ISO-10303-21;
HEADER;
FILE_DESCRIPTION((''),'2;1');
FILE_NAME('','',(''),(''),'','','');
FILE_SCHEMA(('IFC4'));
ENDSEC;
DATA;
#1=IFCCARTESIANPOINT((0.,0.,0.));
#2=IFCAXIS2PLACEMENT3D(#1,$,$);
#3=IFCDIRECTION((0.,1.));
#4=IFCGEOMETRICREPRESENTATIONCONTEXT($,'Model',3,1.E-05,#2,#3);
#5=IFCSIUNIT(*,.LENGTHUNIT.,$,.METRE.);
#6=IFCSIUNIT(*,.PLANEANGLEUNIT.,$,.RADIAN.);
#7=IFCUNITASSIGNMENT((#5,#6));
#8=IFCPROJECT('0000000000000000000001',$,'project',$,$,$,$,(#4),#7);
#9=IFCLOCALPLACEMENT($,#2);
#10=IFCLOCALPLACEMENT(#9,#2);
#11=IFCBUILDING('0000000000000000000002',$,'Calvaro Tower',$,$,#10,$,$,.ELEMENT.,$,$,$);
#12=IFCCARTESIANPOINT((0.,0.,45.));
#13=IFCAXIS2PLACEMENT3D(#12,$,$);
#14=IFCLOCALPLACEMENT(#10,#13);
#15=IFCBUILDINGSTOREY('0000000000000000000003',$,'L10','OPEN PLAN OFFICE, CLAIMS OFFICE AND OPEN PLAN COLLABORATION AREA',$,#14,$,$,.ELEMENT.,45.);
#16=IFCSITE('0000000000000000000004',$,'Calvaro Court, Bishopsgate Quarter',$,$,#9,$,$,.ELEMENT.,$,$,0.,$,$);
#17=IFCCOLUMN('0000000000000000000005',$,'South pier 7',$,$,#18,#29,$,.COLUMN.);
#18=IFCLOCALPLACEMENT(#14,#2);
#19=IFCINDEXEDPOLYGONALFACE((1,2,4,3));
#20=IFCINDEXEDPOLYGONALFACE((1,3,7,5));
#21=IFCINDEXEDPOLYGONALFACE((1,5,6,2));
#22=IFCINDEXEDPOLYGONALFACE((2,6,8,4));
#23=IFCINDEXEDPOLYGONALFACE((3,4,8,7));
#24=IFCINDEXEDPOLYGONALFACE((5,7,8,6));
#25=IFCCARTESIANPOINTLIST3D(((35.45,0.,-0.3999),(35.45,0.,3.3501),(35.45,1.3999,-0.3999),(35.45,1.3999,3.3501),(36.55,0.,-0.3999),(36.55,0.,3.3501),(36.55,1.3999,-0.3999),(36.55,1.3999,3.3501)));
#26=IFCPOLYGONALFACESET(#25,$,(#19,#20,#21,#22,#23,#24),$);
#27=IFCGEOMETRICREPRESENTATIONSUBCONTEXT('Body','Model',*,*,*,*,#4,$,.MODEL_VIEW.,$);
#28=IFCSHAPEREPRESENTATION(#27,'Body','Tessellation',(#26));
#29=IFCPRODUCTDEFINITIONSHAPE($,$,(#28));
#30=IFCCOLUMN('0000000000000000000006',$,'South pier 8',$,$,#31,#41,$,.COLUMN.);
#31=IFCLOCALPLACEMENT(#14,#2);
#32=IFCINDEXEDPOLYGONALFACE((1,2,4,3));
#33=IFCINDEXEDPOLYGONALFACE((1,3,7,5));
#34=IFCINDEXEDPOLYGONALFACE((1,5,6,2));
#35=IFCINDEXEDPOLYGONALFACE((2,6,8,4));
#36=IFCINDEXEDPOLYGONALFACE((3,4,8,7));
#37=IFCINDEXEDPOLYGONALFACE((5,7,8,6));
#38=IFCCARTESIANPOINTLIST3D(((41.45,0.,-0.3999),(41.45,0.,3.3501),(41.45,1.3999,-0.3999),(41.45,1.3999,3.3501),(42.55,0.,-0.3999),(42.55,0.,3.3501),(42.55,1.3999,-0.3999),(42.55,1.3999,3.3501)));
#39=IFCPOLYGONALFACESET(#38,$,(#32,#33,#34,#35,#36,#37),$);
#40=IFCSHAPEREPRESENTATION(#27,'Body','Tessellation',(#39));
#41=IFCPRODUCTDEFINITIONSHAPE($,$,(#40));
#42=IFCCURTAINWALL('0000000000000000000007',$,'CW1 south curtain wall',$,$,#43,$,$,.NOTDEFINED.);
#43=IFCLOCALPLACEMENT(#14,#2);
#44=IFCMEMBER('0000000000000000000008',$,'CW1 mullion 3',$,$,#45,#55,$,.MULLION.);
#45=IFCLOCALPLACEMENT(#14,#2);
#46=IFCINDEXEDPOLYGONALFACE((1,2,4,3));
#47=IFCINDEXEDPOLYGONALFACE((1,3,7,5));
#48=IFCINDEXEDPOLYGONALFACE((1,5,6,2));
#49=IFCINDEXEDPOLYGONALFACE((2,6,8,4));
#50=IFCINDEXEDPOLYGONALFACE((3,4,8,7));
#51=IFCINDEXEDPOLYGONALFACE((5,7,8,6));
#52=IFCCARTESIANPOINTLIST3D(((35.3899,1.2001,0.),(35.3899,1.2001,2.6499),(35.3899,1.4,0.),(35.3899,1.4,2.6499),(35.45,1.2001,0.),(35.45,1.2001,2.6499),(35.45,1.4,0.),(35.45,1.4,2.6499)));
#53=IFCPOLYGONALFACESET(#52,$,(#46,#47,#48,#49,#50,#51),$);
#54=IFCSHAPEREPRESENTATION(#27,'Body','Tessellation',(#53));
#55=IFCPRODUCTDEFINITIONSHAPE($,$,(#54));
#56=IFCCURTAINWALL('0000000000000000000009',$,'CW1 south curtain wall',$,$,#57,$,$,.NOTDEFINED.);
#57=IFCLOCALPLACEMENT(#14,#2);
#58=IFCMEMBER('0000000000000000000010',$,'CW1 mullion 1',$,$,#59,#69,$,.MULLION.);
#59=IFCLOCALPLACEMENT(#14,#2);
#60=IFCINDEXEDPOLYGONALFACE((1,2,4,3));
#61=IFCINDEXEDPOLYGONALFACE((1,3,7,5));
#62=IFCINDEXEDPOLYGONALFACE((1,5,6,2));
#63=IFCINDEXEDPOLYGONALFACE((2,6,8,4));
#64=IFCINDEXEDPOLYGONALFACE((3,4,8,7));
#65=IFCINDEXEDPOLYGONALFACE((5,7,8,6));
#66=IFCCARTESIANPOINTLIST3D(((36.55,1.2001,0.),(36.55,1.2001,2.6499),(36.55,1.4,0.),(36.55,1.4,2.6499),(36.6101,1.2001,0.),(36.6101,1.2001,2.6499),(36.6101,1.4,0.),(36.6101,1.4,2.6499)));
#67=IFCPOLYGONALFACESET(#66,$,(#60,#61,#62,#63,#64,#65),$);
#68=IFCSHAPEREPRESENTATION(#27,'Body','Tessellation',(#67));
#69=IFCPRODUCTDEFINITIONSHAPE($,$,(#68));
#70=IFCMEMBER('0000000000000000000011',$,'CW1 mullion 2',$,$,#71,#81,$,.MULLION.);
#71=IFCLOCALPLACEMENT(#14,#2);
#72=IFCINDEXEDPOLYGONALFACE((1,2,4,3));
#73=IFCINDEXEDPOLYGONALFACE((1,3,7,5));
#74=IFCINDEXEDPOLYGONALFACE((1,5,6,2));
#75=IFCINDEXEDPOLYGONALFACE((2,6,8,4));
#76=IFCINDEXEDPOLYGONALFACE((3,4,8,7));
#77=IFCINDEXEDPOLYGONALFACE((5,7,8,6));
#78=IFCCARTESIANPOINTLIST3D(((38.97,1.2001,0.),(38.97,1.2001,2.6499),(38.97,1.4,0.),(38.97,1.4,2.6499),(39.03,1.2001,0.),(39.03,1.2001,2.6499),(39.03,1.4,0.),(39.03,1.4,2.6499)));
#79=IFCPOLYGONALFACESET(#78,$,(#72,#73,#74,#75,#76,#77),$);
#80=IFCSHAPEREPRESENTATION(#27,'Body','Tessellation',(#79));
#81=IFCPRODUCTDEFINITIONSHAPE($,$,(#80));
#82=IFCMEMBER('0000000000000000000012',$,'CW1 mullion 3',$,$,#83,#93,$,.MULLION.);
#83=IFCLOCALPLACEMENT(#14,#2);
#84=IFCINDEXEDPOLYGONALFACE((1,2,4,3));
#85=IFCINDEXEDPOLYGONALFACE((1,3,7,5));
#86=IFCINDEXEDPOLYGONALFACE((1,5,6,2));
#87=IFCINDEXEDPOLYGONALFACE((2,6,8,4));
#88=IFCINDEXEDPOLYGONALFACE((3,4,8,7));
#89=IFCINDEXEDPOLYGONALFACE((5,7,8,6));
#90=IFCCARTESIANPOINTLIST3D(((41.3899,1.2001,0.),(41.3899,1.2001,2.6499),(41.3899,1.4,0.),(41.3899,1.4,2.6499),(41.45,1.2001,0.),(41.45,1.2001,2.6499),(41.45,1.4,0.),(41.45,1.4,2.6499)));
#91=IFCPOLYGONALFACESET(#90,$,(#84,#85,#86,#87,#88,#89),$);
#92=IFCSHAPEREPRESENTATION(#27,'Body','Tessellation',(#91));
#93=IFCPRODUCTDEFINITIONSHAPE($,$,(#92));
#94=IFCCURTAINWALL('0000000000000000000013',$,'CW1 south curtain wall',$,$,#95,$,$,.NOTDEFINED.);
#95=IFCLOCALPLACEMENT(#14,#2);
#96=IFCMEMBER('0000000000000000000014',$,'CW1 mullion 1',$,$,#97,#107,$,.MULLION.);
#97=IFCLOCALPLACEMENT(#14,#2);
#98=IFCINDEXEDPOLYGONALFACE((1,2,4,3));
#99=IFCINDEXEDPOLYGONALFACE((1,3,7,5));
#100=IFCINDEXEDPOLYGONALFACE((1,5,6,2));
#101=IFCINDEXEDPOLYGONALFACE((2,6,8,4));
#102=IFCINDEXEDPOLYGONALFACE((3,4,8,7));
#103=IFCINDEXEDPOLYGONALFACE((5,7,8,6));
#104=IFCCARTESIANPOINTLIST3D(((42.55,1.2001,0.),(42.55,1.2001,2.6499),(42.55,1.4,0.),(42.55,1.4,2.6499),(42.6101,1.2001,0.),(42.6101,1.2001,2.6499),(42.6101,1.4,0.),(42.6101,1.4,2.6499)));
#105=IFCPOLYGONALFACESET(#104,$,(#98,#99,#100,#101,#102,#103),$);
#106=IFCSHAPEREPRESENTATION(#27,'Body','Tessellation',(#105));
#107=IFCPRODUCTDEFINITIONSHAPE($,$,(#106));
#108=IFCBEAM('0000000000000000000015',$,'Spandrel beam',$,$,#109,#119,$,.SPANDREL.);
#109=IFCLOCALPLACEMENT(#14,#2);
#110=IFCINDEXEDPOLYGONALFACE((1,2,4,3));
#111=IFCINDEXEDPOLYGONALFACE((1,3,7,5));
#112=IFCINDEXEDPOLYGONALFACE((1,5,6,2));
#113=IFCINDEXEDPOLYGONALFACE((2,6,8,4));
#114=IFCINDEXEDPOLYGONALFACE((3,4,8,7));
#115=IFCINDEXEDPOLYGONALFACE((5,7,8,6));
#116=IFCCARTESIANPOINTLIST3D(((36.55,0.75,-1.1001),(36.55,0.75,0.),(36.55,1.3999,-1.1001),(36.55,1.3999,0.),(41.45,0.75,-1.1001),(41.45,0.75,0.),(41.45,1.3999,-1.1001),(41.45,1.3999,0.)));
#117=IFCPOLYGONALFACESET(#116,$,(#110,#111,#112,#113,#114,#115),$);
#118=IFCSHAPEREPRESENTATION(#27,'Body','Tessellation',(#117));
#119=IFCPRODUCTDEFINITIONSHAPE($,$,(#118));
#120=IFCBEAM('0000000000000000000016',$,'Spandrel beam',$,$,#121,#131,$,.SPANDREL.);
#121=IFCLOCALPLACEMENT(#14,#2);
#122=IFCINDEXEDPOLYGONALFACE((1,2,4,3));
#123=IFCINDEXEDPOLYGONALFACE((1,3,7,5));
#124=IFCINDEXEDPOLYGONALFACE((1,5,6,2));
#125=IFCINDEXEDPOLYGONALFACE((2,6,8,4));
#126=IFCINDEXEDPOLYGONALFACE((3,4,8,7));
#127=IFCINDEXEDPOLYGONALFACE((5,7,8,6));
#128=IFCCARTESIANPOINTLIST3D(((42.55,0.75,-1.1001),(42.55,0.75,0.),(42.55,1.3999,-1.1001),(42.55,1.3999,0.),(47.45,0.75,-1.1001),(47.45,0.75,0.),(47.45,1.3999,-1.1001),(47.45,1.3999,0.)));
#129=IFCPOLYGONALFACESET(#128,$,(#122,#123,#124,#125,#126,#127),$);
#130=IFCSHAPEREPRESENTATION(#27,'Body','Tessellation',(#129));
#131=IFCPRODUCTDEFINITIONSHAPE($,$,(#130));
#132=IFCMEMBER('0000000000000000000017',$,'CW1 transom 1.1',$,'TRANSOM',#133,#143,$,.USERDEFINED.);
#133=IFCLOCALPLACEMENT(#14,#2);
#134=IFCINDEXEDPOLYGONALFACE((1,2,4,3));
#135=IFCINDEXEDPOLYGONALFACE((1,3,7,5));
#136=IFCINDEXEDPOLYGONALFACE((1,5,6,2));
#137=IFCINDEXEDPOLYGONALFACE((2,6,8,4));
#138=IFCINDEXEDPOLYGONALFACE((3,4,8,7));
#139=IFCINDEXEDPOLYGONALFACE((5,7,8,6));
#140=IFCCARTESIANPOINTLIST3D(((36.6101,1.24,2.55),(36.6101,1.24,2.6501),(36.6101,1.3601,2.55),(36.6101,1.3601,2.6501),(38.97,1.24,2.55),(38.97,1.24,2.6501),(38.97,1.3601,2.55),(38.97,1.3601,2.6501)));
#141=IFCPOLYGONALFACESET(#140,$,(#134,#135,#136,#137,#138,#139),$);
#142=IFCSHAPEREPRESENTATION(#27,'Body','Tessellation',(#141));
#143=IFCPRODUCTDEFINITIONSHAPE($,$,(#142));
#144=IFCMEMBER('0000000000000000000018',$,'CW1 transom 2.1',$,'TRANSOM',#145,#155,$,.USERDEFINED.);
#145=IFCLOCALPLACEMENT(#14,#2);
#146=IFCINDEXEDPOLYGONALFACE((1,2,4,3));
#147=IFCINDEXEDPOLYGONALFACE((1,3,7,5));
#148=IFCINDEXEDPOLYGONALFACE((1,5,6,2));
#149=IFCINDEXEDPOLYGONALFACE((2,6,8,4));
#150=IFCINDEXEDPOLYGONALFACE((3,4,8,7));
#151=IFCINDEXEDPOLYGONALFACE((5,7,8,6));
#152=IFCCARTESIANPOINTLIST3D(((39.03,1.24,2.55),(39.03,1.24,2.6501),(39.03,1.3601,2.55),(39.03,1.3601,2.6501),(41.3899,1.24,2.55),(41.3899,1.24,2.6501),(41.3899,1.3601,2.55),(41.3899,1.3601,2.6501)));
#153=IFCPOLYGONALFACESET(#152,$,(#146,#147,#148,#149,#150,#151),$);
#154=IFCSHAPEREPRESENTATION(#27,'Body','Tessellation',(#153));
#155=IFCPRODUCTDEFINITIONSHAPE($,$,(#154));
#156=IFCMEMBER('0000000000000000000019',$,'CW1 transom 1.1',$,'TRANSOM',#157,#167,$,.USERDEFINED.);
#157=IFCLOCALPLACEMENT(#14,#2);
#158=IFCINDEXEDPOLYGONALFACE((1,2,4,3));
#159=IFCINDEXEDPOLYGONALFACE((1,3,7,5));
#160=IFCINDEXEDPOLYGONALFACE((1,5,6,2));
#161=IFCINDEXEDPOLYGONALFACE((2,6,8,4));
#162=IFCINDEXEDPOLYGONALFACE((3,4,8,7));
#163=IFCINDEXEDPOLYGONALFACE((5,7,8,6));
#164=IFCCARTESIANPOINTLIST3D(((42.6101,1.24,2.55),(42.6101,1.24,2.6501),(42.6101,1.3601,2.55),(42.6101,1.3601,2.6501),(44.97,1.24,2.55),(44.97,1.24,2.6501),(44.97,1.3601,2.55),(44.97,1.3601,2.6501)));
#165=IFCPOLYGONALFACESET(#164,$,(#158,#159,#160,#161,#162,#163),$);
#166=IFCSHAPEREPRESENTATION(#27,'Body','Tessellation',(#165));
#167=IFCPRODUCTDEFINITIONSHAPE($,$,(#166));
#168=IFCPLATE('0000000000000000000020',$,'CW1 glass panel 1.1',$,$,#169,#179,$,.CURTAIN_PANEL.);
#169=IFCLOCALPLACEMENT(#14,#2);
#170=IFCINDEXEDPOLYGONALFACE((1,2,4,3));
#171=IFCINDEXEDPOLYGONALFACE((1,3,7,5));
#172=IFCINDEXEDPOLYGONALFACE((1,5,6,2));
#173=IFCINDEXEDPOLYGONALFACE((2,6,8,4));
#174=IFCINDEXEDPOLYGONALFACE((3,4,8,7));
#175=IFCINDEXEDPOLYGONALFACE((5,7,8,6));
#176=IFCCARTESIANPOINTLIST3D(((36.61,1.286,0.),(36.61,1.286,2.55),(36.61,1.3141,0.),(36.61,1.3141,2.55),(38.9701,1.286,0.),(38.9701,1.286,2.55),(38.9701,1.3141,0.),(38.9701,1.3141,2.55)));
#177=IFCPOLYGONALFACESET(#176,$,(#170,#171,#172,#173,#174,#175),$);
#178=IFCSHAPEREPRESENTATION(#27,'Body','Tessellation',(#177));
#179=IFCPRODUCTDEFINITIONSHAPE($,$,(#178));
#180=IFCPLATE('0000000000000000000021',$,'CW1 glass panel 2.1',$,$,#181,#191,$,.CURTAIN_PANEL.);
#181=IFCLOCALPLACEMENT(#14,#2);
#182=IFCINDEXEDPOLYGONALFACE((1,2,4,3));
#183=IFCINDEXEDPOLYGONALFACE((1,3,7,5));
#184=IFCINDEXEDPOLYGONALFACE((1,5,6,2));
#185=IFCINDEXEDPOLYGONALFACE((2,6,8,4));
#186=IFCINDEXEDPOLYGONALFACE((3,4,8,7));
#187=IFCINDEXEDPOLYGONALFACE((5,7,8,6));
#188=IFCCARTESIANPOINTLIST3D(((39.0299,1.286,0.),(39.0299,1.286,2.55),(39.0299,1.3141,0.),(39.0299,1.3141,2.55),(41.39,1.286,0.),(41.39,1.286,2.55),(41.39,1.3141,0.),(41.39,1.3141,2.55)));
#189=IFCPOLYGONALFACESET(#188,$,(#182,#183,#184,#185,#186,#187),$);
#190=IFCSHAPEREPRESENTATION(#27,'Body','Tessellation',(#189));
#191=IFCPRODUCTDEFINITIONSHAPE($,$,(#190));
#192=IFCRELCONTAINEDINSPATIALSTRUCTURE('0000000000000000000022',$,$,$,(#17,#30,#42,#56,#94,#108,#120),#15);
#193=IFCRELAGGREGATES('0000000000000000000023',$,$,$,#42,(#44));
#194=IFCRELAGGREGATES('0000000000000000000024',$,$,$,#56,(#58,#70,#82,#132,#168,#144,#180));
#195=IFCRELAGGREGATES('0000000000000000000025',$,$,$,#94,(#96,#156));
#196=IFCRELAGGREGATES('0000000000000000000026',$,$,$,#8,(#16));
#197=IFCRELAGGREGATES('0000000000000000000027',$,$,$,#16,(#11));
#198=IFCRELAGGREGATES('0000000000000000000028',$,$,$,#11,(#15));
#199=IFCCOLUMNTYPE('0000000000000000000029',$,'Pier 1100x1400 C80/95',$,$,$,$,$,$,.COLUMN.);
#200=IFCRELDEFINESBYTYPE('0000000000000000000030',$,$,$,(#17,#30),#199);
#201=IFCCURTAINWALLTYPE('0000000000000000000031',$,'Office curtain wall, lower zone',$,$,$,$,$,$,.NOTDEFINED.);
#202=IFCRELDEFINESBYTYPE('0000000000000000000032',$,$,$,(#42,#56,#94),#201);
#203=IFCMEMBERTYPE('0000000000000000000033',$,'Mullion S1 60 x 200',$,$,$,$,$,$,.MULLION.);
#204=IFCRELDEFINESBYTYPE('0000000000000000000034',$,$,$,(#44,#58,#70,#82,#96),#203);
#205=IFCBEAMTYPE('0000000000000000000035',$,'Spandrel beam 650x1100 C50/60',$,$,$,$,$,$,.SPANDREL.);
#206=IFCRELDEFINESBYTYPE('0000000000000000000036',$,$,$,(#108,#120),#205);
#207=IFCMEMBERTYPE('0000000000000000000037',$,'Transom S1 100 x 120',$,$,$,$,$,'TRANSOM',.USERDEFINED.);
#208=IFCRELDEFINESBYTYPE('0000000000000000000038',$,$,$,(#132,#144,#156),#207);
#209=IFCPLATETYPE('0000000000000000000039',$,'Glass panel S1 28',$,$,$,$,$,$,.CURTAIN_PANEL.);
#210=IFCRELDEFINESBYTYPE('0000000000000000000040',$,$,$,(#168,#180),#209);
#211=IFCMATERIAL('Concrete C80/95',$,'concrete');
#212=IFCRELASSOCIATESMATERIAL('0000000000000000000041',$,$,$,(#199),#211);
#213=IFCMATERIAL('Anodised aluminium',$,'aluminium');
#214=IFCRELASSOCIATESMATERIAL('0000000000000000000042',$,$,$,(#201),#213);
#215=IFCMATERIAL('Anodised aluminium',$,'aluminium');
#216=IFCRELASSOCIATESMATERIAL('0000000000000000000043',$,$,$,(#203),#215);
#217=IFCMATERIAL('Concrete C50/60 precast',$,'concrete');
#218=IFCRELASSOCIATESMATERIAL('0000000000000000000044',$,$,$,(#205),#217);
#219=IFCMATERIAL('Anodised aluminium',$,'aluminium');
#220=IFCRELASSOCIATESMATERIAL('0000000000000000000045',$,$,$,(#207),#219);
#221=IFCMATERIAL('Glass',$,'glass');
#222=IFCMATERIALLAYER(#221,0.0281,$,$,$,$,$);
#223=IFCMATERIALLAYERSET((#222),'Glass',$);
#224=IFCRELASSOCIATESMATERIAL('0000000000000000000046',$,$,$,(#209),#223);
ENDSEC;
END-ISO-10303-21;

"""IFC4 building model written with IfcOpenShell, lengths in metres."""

from ifc_helpers import new_model, si_unit, direction, frame, origin, origin_2d, place, context, subcontext, project, spatial, rectangle, extrude, material, layer, layer_set, material_profile, profile_set, type_object, element, aggregate, save


model = new_model("IFC4")

# Units and contexts
model_context = context("Model", 3, precision=1e-05, world=origin(), true_north=direction((0.0, 1.0)))
body_context = subcontext(model_context, "Body", "Model", "MODEL_VIEW")
ifc_project = project(units=[si_unit("LENGTHUNIT", "METRE"), si_unit("PLANEANGLEUNIT", "RADIAN")], contexts=[model_context])

# Site, building, storey
site_placement = place(None, origin())
site = spatial("IfcSite", under=ifc_project, at=site_placement, Name="Calvaro Court, Bishopsgate Quarter", CompositionType="ELEMENT", RefElevation=0.0)
building_placement = place(site_placement, origin())
building = spatial("IfcBuilding", under=site, at=building_placement, Name="Calvaro Tower", CompositionType="ELEMENT")
storey_placement = place(building_placement, frame((0.0, 0.0, 45.0)))
storey = spatial("IfcBuildingStorey", under=building, at=storey_placement, Name="L10", Description="OPEN PLAN OFFICE, CLAIMS OFFICE AND OPEN PLAN COLLABORATION AREA", CompositionType="ELEMENT", Elevation=45.0)

# Columns
ifc_material_1 = material(Name="Concrete C80/95", Category="concrete")
ifc_material_profile_1 = material_profile(ifc_material_1, rectangle(XDim=1.1001, YDim=1.3999, at=origin_2d()), Name="RC 1100x1400")
ifc_profile_set_1 = profile_set([ifc_material_profile_1], Name="Concrete C80/95")
column_type = type_object("IfcColumnType", Name="Pier 1100x1400 C80/95", PredefinedType="COLUMN", material=ifc_profile_set_1)
for number, where, z_axis, x_axis, name in (
    (1, (36.0, 0.7, -0.3999), (0.0, 0.0, 1.0), (1.0, 0.0, 0.0), "South pier 7"),
    (2, (42.0, 0.7, -0.3999), (0.0, 0.0, 1.0), (1.0, 0.0, 0.0), "South pier 8"),
):
    element("IfcColumn", number, at=place(storey_placement, frame(where, z_axis=z_axis, x_axis=x_axis)), inside=storey, type_object=column_type, Name=name, PredefinedType="COLUMN", context=body_context, shape_type="SweptSolid", body=[
        extrude(rectangle(XDim=1.1001, YDim=1.3999, at=origin_2d()), origin(), (0.0, 0.0, 1.0), 3.75),
    ])

# Curtain wall, member
ifc_material_2 = material(Name="Anodised aluminium", Category="aluminium")
curtain_wall_type = type_object("IfcCurtainWallType", Name="Office curtain wall, lower zone", PredefinedType="NOTDEFINED", material=ifc_material_2)
curtain_wall_1_placement = place(storey_placement, origin())
curtain_wall_1 = element("IfcCurtainWall", 3, at=curtain_wall_1_placement, inside=storey, type_object=curtain_wall_type, Name="CW1 south curtain wall", PredefinedType="NOTDEFINED")
ifc_material_3 = material(Name="Anodised aluminium", Category="aluminium")
ifc_material_profile_2 = material_profile(ifc_material_3, rectangle(XDim=0.2, YDim=0.0601, at=origin_2d()), Name="Mullion S1 60 x 200")
ifc_profile_set_2 = profile_set([ifc_material_profile_2], Name="Anodised aluminium")
member_type_1 = type_object("IfcMemberType", Name="Mullion S1 60 x 200", PredefinedType="MULLION", material=ifc_profile_set_2)
member_1_placement = place(storey_placement, frame((35.4199, 1.3, 0.0), z_axis=(0.0, 0.0, 1.0), x_axis=(0.0, 1.0, 0.0)))
member_1 = element("IfcMember", 4, at=member_1_placement, type_object=member_type_1, Name="CW1 mullion 3", PredefinedType="MULLION", context=body_context, shape_type="SweptSolid", body=[
    extrude(rectangle(XDim=0.2, YDim=0.0601, at=origin_2d()), origin(), (0.0, 0.0, 1.0), 2.6499),
])
aggregate(curtain_wall_1, [member_1])

# Curtain wall, members
curtain_wall_2_placement = place(storey_placement, origin())
curtain_wall_2 = element("IfcCurtainWall", 5, at=curtain_wall_2_placement, inside=storey, type_object=curtain_wall_type, Name="CW1 south curtain wall", PredefinedType="NOTDEFINED")
member_2_placement = place(storey_placement, frame((36.5801, 1.3, 0.0), z_axis=(0.0, 0.0, 1.0), x_axis=(0.0, 1.0, 0.0)))
member_2 = element("IfcMember", 6, at=member_2_placement, type_object=member_type_1, Name="CW1 mullion 1", PredefinedType="MULLION", context=body_context, shape_type="SweptSolid", body=[
    extrude(rectangle(XDim=0.2, YDim=0.0601, at=origin_2d()), origin(), (0.0, 0.0, 1.0), 2.6499),
])
member_3_placement = place(storey_placement, frame((39.0, 1.3, 0.0), z_axis=(0.0, 0.0, 1.0), x_axis=(0.0, 1.0, 0.0)))
member_3 = element("IfcMember", 7, at=member_3_placement, type_object=member_type_1, Name="CW1 mullion 2", PredefinedType="MULLION", context=body_context, shape_type="SweptSolid", body=[
    extrude(rectangle(XDim=0.2, YDim=0.0601, at=origin_2d()), origin(), (0.0, 0.0, 1.0), 2.6499),
])
member_4_placement = place(storey_placement, frame((41.4199, 1.3, 0.0), z_axis=(0.0, 0.0, 1.0), x_axis=(0.0, 1.0, 0.0)))
member_4 = element("IfcMember", 8, at=member_4_placement, type_object=member_type_1, Name="CW1 mullion 3", PredefinedType="MULLION", context=body_context, shape_type="SweptSolid", body=[
    extrude(rectangle(XDim=0.2, YDim=0.0601, at=origin_2d()), origin(), (0.0, 0.0, 1.0), 2.6499),
])

# Curtain wall, member
curtain_wall_3_placement = place(storey_placement, origin())
curtain_wall_3 = element("IfcCurtainWall", 9, at=curtain_wall_3_placement, inside=storey, type_object=curtain_wall_type, Name="CW1 south curtain wall", PredefinedType="NOTDEFINED")
member_5_placement = place(storey_placement, frame((42.5801, 1.3, 0.0), z_axis=(0.0, 0.0, 1.0), x_axis=(0.0, 1.0, 0.0)))
member_5 = element("IfcMember", 10, at=member_5_placement, type_object=member_type_1, Name="CW1 mullion 1", PredefinedType="MULLION", context=body_context, shape_type="SweptSolid", body=[
    extrude(rectangle(XDim=0.2, YDim=0.0601, at=origin_2d()), origin(), (0.0, 0.0, 1.0), 2.6499),
])

# Beams
ifc_material_4 = material(Name="Concrete C50/60 precast", Category="concrete")
ifc_material_profile_3 = material_profile(ifc_material_4, rectangle(XDim=0.6499, YDim=1.1001, at=origin_2d()), Name="RC 650x1100")
ifc_profile_set_3 = profile_set([ifc_material_profile_3], Name="Concrete C50/60 precast")
beam_type = type_object("IfcBeamType", Name="Spandrel beam 650x1100 C50/60", PredefinedType="SPANDREL", material=ifc_profile_set_3)
for number, where, z_axis, x_axis, name in (
    (11, (36.55, 1.075, -0.55), (1.0, 0.0, 0.0), (0.0, 1.0, 0.0), "Spandrel beam"),
    (12, (42.55, 1.075, -0.55), (1.0, 0.0, 0.0), (0.0, 1.0, 0.0), "Spandrel beam"),
):
    element("IfcBeam", number, at=place(storey_placement, frame(where, z_axis=z_axis, x_axis=x_axis)), inside=storey, type_object=beam_type, Name=name, PredefinedType="SPANDREL", context=body_context, shape_type="SweptSolid", body=[
        extrude(rectangle(XDim=0.6499, YDim=1.1001, at=origin_2d()), origin(), (0.0, 0.0, 1.0), 4.8999),
    ])

# Members
ifc_material_5 = material(Name="Anodised aluminium", Category="aluminium")
ifc_material_profile_4 = material_profile(ifc_material_5, rectangle(XDim=0.1201, YDim=0.1001, at=origin_2d()), Name="Transom S1 100 x 120")
ifc_profile_set_4 = profile_set([ifc_material_profile_4], Name="Anodised aluminium")
member_type_2 = type_object("IfcMemberType", Name="Transom S1 100 x 120", ElementType="TRANSOM", PredefinedType="USERDEFINED", material=ifc_profile_set_4)
member_6_placement = place(storey_placement, frame((36.6101, 1.3, 2.6001), z_axis=(1.0, 0.0, 0.0), x_axis=(0.0, 1.0, 0.0)))
member_6 = element("IfcMember", 13, at=member_6_placement, type_object=member_type_2, Name="CW1 transom 1.1", ObjectType="TRANSOM", PredefinedType="USERDEFINED", context=body_context, shape_type="SweptSolid", body=[
    extrude(rectangle(XDim=0.1201, YDim=0.1001, at=origin_2d()), origin(), (0.0, 0.0, 1.0), 2.3599),
])
member_7_placement = place(storey_placement, frame((39.03, 1.3, 2.6001), z_axis=(1.0, 0.0, 0.0), x_axis=(0.0, 1.0, 0.0)))
member_7 = element("IfcMember", 14, at=member_7_placement, type_object=member_type_2, Name="CW1 transom 2.1", ObjectType="TRANSOM", PredefinedType="USERDEFINED", context=body_context, shape_type="SweptSolid", body=[
    extrude(rectangle(XDim=0.1201, YDim=0.1001, at=origin_2d()), origin(), (0.0, 0.0, 1.0), 2.3599),
])
member_8_placement = place(storey_placement, frame((42.6101, 1.3, 2.6001), z_axis=(1.0, 0.0, 0.0), x_axis=(0.0, 1.0, 0.0)))
member_8 = element("IfcMember", 15, at=member_8_placement, type_object=member_type_2, Name="CW1 transom 1.1", ObjectType="TRANSOM", PredefinedType="USERDEFINED", context=body_context, shape_type="SweptSolid", body=[
    extrude(rectangle(XDim=0.1201, YDim=0.1001, at=origin_2d()), origin(), (0.0, 0.0, 1.0), 2.3599),
])

# Plates
ifc_material_6 = material(Name="Glass", Category="glass")
ifc_layer = layer(ifc_material_6, 0.0281)
ifc_layer_set = layer_set([ifc_layer], Name="Glass")
plate_type = type_object("IfcPlateType", Name="Glass panel S1 28", PredefinedType="CURTAIN_PANEL", material=ifc_layer_set)
plate_1_placement = place(storey_placement, frame((37.79, 1.3, 0.0), z_axis=(0.0, 0.0, 1.0), x_axis=(1.0, 0.0, 0.0)))
plate_1 = element("IfcPlate", 16, at=plate_1_placement, type_object=plate_type, Name="CW1 glass panel 1.1", PredefinedType="CURTAIN_PANEL", context=body_context, shape_type="SweptSolid", body=[
    extrude(rectangle(XDim=2.3601, YDim=0.0281, at=origin_2d()), origin(), (0.0, 0.0, 1.0), 2.55),
])
plate_2_placement = place(storey_placement, frame((40.21, 1.3, 0.0), z_axis=(0.0, 0.0, 1.0), x_axis=(1.0, 0.0, 0.0)))
plate_2 = element("IfcPlate", 17, at=plate_2_placement, type_object=plate_type, Name="CW1 glass panel 2.1", PredefinedType="CURTAIN_PANEL", context=body_context, shape_type="SweptSolid", body=[
    extrude(rectangle(XDim=2.3601, YDim=0.0281, at=origin_2d()), origin(), (0.0, 0.0, 1.0), 2.55),
])
aggregate(curtain_wall_2, [member_2, member_3, member_4, member_6, plate_1, member_7, plate_2])
aggregate(curtain_wall_3, [member_5, member_8])

save(model, "model.ifc")
